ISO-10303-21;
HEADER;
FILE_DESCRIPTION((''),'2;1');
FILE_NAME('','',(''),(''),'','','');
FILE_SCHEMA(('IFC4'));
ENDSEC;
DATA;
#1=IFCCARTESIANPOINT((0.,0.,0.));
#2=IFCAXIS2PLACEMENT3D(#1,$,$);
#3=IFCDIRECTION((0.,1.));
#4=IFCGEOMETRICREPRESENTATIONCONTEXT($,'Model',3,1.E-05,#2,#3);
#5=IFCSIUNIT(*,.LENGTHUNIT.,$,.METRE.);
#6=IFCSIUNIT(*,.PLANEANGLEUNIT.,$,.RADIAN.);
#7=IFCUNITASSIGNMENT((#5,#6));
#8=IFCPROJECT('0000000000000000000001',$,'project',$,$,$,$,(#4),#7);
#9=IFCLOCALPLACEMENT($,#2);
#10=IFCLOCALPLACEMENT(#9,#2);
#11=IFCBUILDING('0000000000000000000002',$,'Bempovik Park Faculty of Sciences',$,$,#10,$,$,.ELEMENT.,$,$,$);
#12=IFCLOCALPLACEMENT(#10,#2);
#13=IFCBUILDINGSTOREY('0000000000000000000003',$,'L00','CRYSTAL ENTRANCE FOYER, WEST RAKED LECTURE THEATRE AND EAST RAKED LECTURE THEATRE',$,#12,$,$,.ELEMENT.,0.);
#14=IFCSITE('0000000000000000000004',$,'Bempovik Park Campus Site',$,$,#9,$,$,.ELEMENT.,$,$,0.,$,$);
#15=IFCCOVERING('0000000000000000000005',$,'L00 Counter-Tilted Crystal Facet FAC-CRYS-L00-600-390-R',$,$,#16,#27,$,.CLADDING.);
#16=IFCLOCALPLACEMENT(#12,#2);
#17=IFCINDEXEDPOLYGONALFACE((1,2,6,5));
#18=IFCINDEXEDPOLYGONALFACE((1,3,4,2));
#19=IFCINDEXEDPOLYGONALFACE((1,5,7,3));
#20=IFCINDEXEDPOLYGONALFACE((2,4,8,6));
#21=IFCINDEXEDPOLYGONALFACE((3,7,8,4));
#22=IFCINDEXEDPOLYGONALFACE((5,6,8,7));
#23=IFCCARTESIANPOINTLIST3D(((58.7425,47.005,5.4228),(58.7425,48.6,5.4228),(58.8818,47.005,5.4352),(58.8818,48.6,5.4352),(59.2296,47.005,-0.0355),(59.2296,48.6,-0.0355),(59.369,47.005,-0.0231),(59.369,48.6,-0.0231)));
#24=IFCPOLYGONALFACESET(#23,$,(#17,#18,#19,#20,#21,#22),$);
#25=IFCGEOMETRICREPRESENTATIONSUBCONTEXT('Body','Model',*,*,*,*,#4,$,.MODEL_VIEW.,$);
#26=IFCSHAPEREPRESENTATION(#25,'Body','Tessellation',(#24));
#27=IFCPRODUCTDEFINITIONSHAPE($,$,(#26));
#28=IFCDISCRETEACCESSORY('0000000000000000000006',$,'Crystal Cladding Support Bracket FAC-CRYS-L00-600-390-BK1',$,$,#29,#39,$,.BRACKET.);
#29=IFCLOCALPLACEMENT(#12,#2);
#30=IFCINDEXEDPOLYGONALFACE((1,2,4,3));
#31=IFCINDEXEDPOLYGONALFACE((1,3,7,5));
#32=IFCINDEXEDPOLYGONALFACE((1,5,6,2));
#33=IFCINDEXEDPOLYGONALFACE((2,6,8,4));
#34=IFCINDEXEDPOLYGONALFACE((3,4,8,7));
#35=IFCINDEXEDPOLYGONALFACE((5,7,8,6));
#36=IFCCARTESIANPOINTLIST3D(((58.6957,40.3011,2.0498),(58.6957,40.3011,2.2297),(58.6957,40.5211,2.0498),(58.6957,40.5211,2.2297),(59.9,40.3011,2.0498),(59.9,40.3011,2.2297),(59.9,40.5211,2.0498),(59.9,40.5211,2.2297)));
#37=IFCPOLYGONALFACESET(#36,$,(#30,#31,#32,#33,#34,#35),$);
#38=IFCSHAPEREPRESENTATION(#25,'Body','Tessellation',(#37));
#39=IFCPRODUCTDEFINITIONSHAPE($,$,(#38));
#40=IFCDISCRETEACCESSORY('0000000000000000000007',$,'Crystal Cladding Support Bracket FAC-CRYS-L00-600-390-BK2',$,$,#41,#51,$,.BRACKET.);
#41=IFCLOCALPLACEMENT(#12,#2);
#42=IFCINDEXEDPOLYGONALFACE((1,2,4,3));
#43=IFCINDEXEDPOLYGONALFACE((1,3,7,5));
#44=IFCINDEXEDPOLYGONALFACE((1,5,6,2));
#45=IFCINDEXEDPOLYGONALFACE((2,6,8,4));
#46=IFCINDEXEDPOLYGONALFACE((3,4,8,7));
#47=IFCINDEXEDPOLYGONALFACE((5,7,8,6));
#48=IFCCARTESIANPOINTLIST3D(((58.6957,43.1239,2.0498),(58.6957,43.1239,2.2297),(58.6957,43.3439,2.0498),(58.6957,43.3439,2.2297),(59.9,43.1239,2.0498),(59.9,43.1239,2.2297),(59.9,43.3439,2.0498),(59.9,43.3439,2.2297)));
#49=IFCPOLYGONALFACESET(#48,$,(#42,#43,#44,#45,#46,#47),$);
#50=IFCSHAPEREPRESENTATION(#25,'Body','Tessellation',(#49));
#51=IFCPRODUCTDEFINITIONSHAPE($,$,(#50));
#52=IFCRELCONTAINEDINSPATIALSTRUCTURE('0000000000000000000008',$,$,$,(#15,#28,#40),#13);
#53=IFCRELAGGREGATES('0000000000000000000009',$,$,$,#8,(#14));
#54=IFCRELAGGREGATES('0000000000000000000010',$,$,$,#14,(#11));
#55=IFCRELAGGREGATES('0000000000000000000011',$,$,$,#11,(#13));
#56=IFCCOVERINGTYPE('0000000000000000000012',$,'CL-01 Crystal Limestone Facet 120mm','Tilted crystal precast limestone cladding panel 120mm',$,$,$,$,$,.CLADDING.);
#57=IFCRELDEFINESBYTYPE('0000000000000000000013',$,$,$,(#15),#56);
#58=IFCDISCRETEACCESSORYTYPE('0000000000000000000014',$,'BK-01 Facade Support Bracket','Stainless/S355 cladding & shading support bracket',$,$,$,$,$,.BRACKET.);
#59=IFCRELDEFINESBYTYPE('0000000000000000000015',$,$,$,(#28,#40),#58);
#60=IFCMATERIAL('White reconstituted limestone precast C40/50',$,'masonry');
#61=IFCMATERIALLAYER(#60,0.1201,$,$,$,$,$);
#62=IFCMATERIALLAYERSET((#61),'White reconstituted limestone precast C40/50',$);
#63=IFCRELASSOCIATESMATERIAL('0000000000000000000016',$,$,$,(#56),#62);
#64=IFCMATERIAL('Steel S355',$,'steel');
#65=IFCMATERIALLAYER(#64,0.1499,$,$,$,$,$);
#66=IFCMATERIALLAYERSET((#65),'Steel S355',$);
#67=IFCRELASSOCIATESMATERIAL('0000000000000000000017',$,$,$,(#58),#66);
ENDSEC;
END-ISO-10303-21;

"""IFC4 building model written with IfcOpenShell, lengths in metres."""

from ifc_helpers import new_model, si_unit, direction, frame, origin, origin_2d, place, context, subcontext, project, spatial, rectangle, extrude, material, layer, layer_set, type_object, element, save


model = new_model("IFC4")

# Units and contexts
model_context = context("Model", 3, precision=1e-05, world=origin(), true_north=direction((0.0, 1.0)))
body_context = subcontext(model_context, "Body", "Model", "MODEL_VIEW")
ifc_project = project(units=[si_unit("LENGTHUNIT", "METRE"), si_unit("PLANEANGLEUNIT", "RADIAN")], contexts=[model_context])

# Site, building, storey
site_placement = place(None, origin())
site = spatial("IfcSite", under=ifc_project, at=site_placement, Name="Bempovik Park Campus Site", CompositionType="ELEMENT", RefElevation=0.0)
building_placement = place(site_placement, origin())
building = spatial("IfcBuilding", under=site, at=building_placement, Name="Bempovik Park Faculty of Sciences", CompositionType="ELEMENT")
storey_placement = place(building_placement, origin())
storey = spatial("IfcBuildingStorey", under=building, at=storey_placement, Name="L00", Description="CRYSTAL ENTRANCE FOYER, WEST RAKED LECTURE THEATRE AND EAST RAKED LECTURE THEATRE", CompositionType="ELEMENT", Elevation=0.0)

# Covering
ifc_material_1 = material(Name="White reconstituted limestone precast C40/50", Category="masonry")
ifc_layer_1 = layer(ifc_material_1, 0.1201)
ifc_layer_set_1 = layer_set([ifc_layer_1], Name="White reconstituted limestone precast C40/50")
covering_type = type_object("IfcCoveringType", Name="CL-01 Crystal Limestone Facet 120mm", Description="Tilted crystal precast limestone cladding panel 120mm", PredefinedType="CLADDING", material=ifc_layer_set_1)
covering_1_placement = place(storey_placement, frame((59.2993, 47.8025, -0.0293), z_axis=(-0.088894, 0.0, 0.996041), x_axis=(0.0, 1.0, 0.0)))
element("IfcCovering", 1, at=covering_1_placement, inside=storey, type_object=covering_type, Name="L00 Counter-Tilted Crystal Facet FAC-CRYS-L00-600-390-R", PredefinedType="CLADDING", context=body_context, shape_type="SweptSolid", body=[
    extrude(rectangle(XDim=1.595, YDim=0.1399, at=origin_2d()), origin(), (0.0, 0.0, 1.0), 5.48),
])

# Discrete accessories
ifc_material_2 = material(Name="Steel S355", Category="steel")
ifc_layer_2 = layer(ifc_material_2, 0.1499)
ifc_layer_set_2 = layer_set([ifc_layer_2], Name="Steel S355")
discrete_accessory_type = type_object("IfcDiscreteAccessoryType", Name="BK-01 Facade Support Bracket", Description="Stainless/S355 cladding & shading support bracket", PredefinedType="BRACKET", material=ifc_layer_set_2)
for number, where, z_axis, x_axis, name in (
    (2, (59.2979, 40.4111, 2.0498), (0.0, 0.0, 1.0), (1.0, 0.0, 0.0), "Crystal Cladding Support Bracket FAC-CRYS-L00-600-390-BK1"),
    (3, (59.2979, 43.2339, 2.0498), (0.0, 0.0, 1.0), (1.0, 0.0, 0.0), "Crystal Cladding Support Bracket FAC-CRYS-L00-600-390-BK2"),
):
    element("IfcDiscreteAccessory", number, at=place(storey_placement, frame(where, z_axis=z_axis, x_axis=x_axis)), inside=storey, type_object=discrete_accessory_type, Name=name, PredefinedType="BRACKET", context=body_context, shape_type="SweptSolid", body=[
        extrude(rectangle(XDim=1.2043, YDim=0.22, at=origin_2d()), origin(), (0.0, 0.0, 1.0), 0.1799),
    ])

save(model, "model.ifc")
